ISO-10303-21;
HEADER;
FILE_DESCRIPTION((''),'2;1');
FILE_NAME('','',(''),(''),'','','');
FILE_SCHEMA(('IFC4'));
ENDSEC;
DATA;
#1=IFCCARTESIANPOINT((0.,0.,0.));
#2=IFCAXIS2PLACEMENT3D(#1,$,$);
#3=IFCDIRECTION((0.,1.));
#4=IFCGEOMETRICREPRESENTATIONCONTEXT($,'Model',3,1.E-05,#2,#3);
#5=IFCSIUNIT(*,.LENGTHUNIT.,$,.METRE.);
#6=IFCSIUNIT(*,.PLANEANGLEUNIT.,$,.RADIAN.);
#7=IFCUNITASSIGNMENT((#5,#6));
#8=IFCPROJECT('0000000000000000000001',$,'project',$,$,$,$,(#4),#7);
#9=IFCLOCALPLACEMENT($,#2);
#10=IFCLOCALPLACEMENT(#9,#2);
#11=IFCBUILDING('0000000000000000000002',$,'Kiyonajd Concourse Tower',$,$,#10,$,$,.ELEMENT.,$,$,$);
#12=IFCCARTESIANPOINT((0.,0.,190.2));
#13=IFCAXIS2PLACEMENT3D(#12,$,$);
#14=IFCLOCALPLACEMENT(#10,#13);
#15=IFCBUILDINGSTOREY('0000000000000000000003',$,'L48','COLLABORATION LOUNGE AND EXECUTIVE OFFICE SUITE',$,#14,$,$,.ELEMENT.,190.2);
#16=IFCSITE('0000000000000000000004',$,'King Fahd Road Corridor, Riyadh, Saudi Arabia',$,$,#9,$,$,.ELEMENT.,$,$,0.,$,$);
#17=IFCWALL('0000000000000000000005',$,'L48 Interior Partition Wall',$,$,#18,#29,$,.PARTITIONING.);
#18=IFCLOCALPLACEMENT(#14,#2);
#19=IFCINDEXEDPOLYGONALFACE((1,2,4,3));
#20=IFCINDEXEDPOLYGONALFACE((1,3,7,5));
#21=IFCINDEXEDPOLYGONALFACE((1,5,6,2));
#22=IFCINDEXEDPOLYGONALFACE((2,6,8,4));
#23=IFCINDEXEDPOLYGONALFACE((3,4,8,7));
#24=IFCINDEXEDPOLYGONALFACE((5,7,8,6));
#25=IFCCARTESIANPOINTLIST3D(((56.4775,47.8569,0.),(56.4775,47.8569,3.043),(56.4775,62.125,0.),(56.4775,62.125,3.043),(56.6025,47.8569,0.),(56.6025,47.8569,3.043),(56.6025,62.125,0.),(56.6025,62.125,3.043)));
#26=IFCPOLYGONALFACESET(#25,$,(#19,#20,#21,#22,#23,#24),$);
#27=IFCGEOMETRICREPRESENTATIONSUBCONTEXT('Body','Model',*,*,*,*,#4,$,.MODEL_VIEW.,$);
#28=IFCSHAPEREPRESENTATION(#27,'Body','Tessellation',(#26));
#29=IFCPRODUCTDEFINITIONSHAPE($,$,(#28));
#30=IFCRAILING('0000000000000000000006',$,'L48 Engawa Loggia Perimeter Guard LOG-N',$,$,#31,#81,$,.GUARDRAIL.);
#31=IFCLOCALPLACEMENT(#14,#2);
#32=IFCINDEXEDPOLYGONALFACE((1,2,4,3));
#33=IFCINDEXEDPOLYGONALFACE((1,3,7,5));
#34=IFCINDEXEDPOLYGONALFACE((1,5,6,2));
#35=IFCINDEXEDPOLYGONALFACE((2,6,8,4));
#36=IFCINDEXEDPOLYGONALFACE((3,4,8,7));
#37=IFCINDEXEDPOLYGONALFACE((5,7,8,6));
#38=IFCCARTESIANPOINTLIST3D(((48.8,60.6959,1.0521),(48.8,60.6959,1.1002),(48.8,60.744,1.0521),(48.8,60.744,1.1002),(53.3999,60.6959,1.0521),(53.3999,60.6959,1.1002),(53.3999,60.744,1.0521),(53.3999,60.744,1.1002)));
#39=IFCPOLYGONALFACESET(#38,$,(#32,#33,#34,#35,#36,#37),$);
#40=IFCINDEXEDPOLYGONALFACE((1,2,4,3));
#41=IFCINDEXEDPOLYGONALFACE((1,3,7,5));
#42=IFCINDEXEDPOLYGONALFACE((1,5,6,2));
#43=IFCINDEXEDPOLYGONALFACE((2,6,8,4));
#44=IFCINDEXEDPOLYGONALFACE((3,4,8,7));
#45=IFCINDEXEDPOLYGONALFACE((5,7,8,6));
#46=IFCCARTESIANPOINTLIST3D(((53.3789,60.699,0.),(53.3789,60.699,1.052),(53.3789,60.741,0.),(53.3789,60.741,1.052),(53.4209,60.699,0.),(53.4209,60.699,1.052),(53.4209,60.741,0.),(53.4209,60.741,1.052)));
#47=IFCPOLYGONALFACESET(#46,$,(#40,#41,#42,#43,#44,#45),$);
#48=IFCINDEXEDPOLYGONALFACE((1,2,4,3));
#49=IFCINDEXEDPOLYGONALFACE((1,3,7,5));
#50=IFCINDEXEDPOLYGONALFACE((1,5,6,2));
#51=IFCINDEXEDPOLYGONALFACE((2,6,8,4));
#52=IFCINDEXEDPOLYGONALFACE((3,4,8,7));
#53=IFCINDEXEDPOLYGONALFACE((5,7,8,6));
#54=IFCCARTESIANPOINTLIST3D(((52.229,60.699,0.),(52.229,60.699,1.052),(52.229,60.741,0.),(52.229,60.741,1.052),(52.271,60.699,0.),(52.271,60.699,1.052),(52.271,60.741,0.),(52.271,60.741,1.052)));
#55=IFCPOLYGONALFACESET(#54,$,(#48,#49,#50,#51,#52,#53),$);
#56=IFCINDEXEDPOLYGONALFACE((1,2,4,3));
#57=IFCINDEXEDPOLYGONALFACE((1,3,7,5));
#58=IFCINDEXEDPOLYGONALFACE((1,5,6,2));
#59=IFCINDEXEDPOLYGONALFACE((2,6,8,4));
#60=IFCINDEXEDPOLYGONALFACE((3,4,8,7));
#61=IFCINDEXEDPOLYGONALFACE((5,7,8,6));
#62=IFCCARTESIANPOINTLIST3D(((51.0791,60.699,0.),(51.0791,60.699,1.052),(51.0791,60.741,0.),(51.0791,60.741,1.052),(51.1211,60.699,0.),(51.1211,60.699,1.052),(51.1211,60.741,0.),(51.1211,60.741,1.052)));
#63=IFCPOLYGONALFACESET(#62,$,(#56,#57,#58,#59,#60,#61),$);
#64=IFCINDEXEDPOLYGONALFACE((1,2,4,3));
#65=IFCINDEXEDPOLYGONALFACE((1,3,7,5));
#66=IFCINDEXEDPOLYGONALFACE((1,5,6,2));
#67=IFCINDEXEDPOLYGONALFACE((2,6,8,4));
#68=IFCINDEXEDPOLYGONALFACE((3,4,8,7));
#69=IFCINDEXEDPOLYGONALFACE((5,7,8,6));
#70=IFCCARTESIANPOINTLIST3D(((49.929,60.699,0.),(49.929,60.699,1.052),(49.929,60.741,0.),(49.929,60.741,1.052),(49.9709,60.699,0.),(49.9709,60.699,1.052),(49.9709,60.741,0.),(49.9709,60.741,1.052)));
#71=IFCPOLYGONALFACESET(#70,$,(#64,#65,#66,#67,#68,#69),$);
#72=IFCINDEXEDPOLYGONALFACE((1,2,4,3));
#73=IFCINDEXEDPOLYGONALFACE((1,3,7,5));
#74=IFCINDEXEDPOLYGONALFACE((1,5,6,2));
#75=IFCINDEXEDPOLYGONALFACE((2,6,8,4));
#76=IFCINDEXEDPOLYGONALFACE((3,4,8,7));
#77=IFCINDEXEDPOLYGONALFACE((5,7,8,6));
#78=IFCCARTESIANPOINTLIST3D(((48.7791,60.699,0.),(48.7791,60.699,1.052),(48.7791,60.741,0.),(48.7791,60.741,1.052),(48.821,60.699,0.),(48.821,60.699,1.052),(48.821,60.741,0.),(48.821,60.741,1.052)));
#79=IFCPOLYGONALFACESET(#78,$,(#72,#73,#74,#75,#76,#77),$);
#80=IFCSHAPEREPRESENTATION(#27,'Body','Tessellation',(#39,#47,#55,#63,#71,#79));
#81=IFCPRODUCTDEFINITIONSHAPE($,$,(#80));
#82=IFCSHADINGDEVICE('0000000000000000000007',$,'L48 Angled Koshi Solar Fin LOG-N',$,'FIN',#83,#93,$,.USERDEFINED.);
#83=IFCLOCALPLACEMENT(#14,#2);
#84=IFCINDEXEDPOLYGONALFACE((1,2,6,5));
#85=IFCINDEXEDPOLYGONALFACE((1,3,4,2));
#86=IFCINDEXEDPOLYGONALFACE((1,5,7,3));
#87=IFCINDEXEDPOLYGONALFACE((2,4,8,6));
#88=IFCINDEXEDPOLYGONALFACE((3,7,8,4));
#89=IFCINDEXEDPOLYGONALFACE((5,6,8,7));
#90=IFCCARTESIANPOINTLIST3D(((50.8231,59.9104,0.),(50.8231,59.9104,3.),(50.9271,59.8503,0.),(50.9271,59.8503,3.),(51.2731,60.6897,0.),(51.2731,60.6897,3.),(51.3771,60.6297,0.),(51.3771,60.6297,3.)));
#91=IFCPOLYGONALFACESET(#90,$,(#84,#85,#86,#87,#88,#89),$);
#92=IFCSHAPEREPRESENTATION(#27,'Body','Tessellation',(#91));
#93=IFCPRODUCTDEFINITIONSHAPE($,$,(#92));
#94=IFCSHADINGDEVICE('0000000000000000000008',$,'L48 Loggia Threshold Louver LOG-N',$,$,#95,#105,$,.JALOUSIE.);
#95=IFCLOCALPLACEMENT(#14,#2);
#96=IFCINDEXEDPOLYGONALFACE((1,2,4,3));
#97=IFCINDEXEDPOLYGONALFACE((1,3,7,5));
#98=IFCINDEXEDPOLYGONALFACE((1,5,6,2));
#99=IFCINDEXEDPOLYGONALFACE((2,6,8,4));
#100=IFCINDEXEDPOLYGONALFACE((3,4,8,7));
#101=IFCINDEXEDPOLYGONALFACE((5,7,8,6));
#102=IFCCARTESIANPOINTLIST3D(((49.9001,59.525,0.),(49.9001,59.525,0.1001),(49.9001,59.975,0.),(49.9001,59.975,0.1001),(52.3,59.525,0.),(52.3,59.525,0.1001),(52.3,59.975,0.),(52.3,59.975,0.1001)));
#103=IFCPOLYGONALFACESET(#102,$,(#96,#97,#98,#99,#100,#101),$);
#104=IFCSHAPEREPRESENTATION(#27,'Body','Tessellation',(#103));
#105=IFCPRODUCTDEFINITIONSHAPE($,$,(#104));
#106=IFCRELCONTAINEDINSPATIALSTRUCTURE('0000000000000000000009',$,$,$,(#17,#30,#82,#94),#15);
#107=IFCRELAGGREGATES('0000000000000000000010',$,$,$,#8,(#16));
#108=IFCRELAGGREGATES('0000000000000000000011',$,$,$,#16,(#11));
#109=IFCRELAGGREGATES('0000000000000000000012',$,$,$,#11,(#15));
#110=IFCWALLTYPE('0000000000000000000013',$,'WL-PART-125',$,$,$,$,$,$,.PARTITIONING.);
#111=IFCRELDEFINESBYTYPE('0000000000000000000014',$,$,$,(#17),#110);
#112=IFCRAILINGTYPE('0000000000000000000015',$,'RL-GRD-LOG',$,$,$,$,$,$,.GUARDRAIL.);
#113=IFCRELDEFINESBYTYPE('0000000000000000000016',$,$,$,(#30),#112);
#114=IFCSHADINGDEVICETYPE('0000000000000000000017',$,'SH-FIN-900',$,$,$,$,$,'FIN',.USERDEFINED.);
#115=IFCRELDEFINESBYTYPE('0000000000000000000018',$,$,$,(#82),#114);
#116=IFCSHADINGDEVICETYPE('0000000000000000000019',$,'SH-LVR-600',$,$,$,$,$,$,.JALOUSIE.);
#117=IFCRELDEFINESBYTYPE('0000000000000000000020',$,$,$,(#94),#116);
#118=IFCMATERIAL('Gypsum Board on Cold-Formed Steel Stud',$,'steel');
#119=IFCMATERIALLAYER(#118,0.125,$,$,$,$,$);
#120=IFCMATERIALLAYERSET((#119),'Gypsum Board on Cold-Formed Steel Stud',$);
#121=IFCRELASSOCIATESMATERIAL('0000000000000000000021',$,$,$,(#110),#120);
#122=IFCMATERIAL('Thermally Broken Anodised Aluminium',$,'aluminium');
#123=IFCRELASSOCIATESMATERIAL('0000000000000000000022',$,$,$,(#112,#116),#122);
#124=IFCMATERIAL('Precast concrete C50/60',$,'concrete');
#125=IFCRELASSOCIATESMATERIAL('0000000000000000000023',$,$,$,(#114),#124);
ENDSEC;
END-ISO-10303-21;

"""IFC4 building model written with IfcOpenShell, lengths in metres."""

from ifc_helpers import new_model, si_unit, direction, frame, frame_2d, origin, origin_2d, place, context, subcontext, project, spatial, rectangle, extrude, material, layer, layer_set, type_object, element, save


model = new_model("IFC4")

# Units and contexts
model_context = context("Model", 3, precision=1e-05, world=origin(), true_north=direction((0.0, 1.0)))
body_context = subcontext(model_context, "Body", "Model", "MODEL_VIEW")
ifc_project = project(units=[si_unit("LENGTHUNIT", "METRE"), si_unit("PLANEANGLEUNIT", "RADIAN")], contexts=[model_context])

# Site, building, storey
site_placement = place(None, origin())
site = spatial("IfcSite", under=ifc_project, at=site_placement, Name="King Fahd Road Corridor, Riyadh, Saudi Arabia", CompositionType="ELEMENT", RefElevation=0.0)
building_placement = place(site_placement, origin())
building = spatial("IfcBuilding", under=site, at=building_placement, Name="Kiyonajd Concourse Tower", CompositionType="ELEMENT")
storey_placement = place(building_placement, frame((0.0, 0.0, 190.2)))
storey = spatial("IfcBuildingStorey", under=building, at=storey_placement, Name="L48", Description="COLLABORATION LOUNGE AND EXECUTIVE OFFICE SUITE", CompositionType="ELEMENT", Elevation=190.2)

# Shared definitions
ifc_material_1 = material(Name="Thermally Broken Anodised Aluminium", Category="aluminium")

# Shared definitions
ifc_material_2 = material(Name="Precast concrete C50/60", Category="concrete")

# Wall
ifc_material_3 = material(Name="Gypsum Board on Cold-Formed Steel Stud", Category="steel")
ifc_layer_1 = layer(ifc_material_3, 0.125)
ifc_layer_set_1 = layer_set([ifc_layer_1], Name="Gypsum Board on Cold-Formed Steel Stud")
wall_type_1 = type_object("IfcWallType", Name="WL-PART-125", PredefinedType="PARTITIONING", material=ifc_layer_set_1)
wall_1_placement = place(storey_placement, frame((56.54, 47.8569, 0.0), z_axis=(0.0, 0.0, 1.0), x_axis=(0.0, 1.0, 0.0)))
element("IfcWall", 1, at=wall_1_placement, inside=storey, type_object=wall_type_1, Name="L48 Interior Partition Wall", PredefinedType="PARTITIONING", context=body_context, shape_type="SweptSolid", body=[
    extrude(rectangle(XDim=14.2681, YDim=0.125, at=frame_2d((7.134, 0.0))), origin(), (0.0, 0.0, 1.0), 3.043),
])

# Railing
railing_type = type_object("IfcRailingType", Name="RL-GRD-LOG", PredefinedType="GUARDRAIL", material=ifc_material_1)
railing_placement = place(storey_placement, frame((53.3999, 60.72, 0.0)))
element("IfcRailing", 2, at=railing_placement, inside=storey, type_object=railing_type, Name="L48 Engawa Loggia Perimeter Guard LOG-N", PredefinedType="GUARDRAIL", context=body_context, shape_type="SweptSolid", body=[
    extrude(rectangle(XDim=0.0481, YDim=0.0481, at=origin_2d()), frame((0.0, 0.0, 1.0762), z_axis=(-1.0, 0.0, 0.0), x_axis=(0.0, -1.0, 0.0)), (0.0, 0.0, 1.0), 4.5999),
    extrude(rectangle(XDim=0.042, YDim=0.042, at=origin_2d()), origin(), (0.0, 0.0, 1.0), 1.052),
    extrude(rectangle(XDim=0.042, YDim=0.042, at=origin_2d()), frame((-1.1499, 0.0, 0.0)), (0.0, 0.0, 1.0), 1.052),
    extrude(rectangle(XDim=0.042, YDim=0.042, at=origin_2d()), frame((-2.2998, 0.0, 0.0)), (0.0, 0.0, 1.0), 1.052),
    extrude(rectangle(XDim=0.042, YDim=0.042, at=origin_2d()), frame((-3.45, 0.0, 0.0)), (0.0, 0.0, 1.0), 1.052),
    extrude(rectangle(XDim=0.042, YDim=0.042, at=origin_2d()), frame((-4.5999, 0.0, 0.0)), (0.0, 0.0, 1.0), 1.052),
])

# Shading devices
shading_device_type_1 = type_object("IfcShadingDeviceType", Name="SH-FIN-900", ElementType="FIN", PredefinedType="USERDEFINED", material=ifc_material_2)
shading_device_1_placement = place(storey_placement, frame((51.1001, 60.27, 0.0), z_axis=(0.0, 0.0, 1.0), x_axis=(0.5, 0.866025, 0.0)))
element("IfcShadingDevice", 3, at=shading_device_1_placement, inside=storey, type_object=shading_device_type_1, Name="L48 Angled Koshi Solar Fin LOG-N", ObjectType="FIN", PredefinedType="USERDEFINED", context=body_context, shape_type="SweptSolid", body=[
    extrude(rectangle(XDim=0.8999, YDim=0.1201, at=origin_2d()), origin(), (0.0, 0.0, 1.0), 3.0),
])
shading_device_type_2 = type_object("IfcShadingDeviceType", Name="SH-LVR-600", PredefinedType="JALOUSIE", material=ifc_material_1)
shading_device_2_placement = place(storey_placement, frame((51.1001, 59.75, 0.0), z_axis=(0.0, 0.0, 1.0), x_axis=(1.0, 0.0, 0.0)))
element("IfcShadingDevice", 4, at=shading_device_2_placement, inside=storey, type_object=shading_device_type_2, Name="L48 Loggia Threshold Louver LOG-N", PredefinedType="JALOUSIE", context=body_context, shape_type="SweptSolid", body=[
    extrude(rectangle(XDim=2.3999, YDim=0.45, at=origin_2d()), origin(), (0.0, 0.0, 1.0), 0.1001),
])

save(model, "model.ifc")
